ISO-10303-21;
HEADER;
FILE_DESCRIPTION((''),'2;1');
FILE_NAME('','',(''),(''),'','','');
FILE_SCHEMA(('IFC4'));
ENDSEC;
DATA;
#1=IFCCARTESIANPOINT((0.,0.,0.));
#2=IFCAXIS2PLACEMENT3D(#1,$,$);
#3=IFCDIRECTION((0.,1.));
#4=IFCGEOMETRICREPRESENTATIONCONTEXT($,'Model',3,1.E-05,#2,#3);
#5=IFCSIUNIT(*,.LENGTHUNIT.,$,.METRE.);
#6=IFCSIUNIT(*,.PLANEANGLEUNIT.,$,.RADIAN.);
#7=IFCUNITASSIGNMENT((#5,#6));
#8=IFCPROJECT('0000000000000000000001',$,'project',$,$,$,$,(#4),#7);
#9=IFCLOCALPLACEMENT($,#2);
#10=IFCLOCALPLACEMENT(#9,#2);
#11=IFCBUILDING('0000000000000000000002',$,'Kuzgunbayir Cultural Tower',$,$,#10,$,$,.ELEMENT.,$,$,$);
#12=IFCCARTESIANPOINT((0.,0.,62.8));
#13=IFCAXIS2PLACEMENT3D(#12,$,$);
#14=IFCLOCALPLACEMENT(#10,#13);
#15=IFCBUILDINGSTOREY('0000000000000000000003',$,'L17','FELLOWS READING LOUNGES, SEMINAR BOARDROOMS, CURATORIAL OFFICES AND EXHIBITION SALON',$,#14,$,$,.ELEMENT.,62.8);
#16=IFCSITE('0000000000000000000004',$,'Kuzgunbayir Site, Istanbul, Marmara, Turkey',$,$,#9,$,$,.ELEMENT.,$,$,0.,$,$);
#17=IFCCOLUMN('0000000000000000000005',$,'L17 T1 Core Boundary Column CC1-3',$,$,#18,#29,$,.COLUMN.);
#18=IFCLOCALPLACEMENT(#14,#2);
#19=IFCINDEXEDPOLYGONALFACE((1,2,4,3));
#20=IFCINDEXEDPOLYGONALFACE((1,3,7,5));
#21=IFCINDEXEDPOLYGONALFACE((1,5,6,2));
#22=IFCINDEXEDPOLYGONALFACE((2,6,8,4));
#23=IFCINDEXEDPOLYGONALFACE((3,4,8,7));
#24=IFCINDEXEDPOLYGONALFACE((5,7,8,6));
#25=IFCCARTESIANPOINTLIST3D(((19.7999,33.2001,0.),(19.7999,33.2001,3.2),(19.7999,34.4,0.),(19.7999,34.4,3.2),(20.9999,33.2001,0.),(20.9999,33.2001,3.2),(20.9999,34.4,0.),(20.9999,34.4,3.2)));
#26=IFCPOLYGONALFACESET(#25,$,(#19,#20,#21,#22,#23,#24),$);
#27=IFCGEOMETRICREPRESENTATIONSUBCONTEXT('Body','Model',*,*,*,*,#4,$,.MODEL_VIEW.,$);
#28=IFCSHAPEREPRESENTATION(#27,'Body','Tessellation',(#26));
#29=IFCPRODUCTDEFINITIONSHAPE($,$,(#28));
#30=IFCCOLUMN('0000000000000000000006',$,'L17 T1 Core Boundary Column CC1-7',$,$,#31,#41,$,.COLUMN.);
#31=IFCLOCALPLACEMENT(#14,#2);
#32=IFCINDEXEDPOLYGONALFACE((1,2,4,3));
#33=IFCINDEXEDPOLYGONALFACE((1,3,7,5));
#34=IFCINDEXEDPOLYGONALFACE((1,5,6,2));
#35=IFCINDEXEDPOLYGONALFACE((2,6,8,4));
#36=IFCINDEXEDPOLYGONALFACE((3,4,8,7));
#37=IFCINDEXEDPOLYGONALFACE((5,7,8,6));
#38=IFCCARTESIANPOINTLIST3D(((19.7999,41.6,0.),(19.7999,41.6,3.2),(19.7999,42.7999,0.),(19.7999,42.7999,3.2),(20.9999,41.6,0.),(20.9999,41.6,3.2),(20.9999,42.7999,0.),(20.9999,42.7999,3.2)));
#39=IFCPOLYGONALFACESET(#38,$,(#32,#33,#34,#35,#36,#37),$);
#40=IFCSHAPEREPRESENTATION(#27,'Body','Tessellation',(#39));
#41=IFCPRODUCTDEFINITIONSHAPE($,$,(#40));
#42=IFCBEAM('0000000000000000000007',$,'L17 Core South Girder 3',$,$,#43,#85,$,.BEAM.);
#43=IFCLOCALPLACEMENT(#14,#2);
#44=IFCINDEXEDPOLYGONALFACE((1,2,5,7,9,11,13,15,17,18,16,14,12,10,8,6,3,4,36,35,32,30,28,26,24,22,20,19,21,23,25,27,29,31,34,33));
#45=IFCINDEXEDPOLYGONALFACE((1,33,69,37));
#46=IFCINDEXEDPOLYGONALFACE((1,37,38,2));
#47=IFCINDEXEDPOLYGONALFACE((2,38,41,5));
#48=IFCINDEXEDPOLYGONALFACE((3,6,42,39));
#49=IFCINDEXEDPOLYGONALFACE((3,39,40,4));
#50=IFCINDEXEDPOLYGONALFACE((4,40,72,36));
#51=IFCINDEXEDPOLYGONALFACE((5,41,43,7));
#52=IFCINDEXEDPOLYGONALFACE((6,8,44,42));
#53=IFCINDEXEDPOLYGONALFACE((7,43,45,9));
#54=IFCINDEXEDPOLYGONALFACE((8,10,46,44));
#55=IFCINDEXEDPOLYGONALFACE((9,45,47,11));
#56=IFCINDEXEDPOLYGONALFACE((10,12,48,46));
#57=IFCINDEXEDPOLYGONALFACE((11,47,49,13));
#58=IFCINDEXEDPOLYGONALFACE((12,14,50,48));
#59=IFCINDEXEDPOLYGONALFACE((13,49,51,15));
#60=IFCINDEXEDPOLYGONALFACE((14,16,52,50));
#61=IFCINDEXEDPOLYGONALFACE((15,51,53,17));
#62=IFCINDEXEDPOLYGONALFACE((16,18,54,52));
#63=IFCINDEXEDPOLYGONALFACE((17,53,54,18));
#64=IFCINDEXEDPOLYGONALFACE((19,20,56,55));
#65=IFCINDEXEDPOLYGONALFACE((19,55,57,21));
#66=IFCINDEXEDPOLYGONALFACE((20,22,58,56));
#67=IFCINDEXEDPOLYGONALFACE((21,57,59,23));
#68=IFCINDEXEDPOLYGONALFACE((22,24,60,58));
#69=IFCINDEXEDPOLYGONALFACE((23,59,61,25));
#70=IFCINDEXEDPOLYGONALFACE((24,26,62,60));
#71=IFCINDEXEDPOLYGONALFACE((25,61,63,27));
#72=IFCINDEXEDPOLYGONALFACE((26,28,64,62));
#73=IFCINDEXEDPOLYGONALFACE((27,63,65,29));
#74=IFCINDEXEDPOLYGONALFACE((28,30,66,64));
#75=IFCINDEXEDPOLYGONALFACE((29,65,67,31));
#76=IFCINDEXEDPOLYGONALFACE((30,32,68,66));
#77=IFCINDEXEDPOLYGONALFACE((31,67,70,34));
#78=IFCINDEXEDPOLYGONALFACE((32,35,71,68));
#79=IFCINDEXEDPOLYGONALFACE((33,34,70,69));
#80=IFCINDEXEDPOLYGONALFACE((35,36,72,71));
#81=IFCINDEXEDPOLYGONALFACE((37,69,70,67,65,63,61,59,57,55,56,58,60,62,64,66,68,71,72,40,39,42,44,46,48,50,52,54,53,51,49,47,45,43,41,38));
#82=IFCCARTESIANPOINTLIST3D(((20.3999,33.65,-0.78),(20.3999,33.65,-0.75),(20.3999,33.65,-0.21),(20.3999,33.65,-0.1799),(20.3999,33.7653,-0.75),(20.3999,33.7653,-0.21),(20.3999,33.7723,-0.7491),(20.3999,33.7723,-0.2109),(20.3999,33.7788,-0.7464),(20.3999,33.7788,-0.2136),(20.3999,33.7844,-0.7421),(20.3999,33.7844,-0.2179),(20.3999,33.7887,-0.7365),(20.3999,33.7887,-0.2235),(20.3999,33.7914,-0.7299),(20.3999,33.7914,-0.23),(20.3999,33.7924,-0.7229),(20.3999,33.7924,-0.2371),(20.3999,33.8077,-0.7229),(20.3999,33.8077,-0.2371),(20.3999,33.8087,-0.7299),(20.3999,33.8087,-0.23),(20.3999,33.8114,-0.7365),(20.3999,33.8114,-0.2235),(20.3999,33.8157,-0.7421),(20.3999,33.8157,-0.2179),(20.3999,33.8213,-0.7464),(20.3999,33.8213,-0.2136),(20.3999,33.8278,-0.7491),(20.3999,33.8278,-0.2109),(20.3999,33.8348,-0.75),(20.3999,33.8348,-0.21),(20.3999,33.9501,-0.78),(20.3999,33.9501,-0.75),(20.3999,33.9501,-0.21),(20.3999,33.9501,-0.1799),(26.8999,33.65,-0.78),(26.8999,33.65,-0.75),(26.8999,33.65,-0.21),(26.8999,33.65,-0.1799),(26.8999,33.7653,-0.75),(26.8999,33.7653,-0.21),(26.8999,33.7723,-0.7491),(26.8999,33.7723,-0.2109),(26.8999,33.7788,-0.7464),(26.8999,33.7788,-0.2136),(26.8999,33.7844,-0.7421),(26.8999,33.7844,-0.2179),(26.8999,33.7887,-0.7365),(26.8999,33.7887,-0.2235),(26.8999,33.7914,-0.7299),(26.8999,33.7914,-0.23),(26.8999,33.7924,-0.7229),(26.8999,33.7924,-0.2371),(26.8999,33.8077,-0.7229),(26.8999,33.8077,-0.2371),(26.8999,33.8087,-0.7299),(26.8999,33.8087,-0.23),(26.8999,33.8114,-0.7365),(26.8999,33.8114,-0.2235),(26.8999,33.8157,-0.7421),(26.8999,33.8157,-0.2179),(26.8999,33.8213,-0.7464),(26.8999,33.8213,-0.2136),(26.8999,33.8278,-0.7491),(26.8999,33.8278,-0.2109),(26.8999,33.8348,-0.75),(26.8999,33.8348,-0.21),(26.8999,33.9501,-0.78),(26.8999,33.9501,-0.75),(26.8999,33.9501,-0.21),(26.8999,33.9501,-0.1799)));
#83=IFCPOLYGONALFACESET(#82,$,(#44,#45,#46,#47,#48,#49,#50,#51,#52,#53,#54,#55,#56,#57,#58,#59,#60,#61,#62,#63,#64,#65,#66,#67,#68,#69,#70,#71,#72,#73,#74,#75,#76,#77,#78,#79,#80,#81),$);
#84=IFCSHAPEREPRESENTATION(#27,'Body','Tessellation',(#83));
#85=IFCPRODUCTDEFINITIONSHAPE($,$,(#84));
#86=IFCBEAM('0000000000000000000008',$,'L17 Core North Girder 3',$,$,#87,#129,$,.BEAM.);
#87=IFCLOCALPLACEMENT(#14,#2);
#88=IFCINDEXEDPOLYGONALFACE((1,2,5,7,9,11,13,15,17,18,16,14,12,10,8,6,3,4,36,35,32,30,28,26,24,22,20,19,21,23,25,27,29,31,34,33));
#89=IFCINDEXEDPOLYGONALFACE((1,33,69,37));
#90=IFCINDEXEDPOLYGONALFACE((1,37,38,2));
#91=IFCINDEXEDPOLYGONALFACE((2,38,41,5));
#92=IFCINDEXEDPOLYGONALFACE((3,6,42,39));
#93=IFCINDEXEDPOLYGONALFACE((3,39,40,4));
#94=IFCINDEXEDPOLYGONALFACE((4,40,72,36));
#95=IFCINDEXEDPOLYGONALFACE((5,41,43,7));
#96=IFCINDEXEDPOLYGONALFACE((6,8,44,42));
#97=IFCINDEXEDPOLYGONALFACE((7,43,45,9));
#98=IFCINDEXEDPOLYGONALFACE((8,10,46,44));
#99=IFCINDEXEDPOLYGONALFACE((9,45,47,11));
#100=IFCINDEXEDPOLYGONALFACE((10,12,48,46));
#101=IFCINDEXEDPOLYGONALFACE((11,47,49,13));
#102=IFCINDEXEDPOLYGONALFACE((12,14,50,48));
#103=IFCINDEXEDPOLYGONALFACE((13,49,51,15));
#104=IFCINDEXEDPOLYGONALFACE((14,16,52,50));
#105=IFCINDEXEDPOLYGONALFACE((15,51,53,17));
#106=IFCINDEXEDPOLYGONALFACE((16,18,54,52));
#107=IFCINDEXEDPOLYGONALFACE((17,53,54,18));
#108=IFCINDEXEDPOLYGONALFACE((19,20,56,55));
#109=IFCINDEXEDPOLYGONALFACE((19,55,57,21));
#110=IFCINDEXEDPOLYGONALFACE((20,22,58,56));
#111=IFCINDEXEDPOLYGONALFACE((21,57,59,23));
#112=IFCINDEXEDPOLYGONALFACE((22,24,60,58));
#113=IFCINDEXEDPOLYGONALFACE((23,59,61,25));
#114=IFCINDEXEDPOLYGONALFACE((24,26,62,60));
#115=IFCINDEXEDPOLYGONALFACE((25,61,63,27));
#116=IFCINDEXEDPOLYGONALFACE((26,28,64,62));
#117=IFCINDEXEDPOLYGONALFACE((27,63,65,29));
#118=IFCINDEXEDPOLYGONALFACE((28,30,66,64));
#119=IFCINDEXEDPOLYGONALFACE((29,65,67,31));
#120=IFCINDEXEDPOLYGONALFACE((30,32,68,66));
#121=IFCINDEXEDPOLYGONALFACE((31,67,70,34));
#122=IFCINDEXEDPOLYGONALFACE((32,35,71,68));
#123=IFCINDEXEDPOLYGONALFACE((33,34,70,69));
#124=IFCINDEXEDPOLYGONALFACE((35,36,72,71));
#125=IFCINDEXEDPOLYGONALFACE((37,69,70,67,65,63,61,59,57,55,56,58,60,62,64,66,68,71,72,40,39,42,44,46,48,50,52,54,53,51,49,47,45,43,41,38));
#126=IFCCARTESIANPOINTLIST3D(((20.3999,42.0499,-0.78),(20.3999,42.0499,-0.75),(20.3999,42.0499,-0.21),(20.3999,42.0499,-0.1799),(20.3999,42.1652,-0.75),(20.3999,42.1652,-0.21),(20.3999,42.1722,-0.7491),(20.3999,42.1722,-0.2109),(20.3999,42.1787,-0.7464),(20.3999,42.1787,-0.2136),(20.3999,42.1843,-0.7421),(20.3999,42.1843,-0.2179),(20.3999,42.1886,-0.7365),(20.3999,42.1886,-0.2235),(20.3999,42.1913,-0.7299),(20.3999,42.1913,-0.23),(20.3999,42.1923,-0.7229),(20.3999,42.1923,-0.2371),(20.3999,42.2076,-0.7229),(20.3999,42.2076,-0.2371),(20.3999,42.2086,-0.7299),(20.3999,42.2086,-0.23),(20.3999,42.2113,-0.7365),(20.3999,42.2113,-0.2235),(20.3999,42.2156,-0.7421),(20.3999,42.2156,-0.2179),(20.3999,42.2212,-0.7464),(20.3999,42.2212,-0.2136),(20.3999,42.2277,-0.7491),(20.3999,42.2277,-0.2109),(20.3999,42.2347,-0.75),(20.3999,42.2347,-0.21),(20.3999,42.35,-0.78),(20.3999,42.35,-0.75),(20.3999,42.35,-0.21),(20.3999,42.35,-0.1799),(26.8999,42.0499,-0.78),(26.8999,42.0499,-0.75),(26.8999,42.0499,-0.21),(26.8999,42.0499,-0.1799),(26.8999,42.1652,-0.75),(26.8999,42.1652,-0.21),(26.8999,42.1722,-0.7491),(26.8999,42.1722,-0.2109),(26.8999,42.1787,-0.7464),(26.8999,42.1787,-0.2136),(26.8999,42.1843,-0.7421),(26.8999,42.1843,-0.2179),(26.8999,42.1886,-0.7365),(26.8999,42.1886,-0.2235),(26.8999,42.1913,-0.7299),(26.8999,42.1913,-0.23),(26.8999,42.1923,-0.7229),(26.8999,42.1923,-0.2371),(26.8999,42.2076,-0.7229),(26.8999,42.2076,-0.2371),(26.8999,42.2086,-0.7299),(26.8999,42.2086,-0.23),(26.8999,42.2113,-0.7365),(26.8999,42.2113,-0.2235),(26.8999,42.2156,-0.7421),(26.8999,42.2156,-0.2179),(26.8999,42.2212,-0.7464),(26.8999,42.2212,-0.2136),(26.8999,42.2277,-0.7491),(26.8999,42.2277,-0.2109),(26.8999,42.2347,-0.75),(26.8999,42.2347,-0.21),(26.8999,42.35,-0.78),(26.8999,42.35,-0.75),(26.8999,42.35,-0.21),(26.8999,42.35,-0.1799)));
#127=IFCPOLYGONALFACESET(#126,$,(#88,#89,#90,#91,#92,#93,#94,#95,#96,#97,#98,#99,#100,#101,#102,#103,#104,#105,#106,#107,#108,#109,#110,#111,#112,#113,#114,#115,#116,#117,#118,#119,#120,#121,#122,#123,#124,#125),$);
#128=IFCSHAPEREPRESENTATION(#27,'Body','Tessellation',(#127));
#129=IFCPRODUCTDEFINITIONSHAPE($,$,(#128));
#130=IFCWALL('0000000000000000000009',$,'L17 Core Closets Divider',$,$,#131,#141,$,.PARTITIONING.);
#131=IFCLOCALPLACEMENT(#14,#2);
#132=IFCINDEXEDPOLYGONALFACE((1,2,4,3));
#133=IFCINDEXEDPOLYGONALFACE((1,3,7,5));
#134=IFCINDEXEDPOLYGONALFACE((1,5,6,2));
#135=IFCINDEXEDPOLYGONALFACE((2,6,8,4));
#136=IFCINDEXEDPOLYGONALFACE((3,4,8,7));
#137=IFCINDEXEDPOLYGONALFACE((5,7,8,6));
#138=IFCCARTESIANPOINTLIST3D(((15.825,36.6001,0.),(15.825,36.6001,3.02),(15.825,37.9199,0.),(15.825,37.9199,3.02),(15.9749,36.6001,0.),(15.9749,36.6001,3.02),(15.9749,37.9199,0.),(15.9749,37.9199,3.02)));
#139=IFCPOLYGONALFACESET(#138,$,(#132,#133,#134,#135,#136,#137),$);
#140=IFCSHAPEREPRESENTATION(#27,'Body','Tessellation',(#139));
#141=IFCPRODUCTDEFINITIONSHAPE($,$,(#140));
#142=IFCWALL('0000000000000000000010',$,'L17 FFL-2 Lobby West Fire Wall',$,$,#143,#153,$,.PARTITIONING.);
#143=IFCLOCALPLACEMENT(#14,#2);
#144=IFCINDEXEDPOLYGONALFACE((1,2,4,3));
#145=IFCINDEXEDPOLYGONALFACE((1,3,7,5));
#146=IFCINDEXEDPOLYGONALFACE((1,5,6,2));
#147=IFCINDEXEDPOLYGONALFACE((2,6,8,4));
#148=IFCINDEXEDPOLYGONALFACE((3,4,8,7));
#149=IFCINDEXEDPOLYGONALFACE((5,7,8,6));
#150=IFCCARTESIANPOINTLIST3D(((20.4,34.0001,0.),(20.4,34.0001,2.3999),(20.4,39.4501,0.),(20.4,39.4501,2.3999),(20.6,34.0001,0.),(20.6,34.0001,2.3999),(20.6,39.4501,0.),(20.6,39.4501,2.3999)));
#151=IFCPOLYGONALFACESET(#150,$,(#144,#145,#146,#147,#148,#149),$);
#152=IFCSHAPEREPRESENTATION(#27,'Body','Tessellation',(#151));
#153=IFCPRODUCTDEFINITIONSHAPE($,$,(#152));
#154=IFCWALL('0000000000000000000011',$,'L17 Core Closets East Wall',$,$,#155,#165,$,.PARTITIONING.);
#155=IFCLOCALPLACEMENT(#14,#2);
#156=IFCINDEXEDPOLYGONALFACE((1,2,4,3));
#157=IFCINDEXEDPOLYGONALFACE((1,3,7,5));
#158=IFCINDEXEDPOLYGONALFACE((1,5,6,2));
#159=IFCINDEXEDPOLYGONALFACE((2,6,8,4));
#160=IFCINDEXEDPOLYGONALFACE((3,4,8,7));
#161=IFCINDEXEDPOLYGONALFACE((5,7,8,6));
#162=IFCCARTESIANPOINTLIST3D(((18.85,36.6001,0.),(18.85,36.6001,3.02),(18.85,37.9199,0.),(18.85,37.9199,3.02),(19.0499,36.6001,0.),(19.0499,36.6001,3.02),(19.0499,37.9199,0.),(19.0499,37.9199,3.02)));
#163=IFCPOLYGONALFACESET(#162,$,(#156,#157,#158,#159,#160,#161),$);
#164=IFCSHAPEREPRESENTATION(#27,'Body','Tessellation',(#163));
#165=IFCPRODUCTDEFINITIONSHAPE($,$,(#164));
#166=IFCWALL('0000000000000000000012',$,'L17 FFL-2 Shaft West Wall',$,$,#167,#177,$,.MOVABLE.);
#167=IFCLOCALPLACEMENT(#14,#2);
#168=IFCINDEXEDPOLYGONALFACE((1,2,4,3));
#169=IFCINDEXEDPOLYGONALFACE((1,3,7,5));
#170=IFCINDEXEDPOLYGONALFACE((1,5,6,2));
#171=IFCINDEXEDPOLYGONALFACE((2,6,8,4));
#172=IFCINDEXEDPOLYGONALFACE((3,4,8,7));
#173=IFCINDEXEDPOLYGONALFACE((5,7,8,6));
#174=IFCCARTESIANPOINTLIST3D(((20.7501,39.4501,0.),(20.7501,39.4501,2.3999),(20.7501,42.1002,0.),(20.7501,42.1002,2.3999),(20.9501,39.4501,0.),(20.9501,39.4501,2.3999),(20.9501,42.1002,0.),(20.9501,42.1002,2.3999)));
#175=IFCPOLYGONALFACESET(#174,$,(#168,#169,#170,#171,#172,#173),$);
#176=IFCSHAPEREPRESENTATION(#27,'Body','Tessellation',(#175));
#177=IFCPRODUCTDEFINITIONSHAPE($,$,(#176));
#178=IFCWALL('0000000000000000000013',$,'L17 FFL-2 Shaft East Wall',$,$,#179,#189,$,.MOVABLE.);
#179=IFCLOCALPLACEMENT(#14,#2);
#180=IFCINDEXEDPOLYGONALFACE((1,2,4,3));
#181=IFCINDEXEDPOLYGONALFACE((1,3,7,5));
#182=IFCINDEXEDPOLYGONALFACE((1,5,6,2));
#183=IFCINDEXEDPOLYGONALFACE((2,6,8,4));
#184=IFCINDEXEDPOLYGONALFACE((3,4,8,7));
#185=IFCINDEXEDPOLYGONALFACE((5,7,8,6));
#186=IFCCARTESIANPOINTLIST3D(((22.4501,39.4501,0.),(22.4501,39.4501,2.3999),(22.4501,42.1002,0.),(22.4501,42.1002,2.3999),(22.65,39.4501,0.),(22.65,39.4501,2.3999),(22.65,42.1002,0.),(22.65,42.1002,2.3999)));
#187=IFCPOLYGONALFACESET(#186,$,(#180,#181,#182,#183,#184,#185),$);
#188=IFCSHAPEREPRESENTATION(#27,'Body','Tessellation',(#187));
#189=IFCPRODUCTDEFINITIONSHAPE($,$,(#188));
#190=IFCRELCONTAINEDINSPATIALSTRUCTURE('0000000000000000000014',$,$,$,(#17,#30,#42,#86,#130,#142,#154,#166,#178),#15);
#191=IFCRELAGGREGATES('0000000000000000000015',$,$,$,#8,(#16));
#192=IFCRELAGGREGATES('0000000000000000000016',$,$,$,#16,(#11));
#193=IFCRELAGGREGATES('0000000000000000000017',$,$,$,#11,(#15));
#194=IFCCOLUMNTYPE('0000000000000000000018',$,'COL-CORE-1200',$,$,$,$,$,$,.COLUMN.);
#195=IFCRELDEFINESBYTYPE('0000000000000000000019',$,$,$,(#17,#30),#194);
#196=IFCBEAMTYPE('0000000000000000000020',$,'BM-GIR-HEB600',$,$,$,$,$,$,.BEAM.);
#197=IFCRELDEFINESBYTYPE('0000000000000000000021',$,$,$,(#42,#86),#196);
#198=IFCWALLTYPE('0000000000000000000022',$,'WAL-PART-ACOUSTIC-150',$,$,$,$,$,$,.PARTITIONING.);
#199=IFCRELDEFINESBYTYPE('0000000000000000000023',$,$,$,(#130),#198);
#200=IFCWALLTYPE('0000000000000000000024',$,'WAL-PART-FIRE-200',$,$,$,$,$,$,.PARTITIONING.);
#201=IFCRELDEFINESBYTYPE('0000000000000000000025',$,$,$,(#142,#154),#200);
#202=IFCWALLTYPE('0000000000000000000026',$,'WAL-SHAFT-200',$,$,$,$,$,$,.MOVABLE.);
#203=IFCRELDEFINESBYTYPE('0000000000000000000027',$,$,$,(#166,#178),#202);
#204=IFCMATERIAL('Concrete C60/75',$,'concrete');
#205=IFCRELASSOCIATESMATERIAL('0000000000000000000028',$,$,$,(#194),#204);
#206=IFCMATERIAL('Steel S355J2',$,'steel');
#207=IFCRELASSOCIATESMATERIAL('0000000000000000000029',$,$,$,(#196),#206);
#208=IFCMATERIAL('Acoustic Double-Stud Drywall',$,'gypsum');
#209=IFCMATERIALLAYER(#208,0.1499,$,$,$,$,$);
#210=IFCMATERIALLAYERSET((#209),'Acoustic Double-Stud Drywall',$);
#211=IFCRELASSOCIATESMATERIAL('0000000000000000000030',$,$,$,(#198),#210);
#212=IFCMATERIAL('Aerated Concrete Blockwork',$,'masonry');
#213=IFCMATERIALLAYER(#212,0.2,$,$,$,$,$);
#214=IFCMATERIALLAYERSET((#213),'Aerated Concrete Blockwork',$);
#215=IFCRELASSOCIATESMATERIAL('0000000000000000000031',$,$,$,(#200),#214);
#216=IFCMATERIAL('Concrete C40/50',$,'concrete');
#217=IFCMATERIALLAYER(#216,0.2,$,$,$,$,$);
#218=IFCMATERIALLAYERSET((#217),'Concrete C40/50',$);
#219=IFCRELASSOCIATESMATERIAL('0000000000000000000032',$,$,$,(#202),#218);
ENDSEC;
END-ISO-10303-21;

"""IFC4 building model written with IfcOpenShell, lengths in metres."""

from ifc_helpers import new_model, si_unit, direction, frame, frame_2d, origin, origin_2d, place, context, subcontext, project, spatial, rectangle, i_section, extrude, material, layer, layer_set, material_profile, profile_set, type_object, element, save


model = new_model("IFC4")

# Units and contexts
model_context = context("Model", 3, precision=1e-05, world=origin(), true_north=direction((0.0, 1.0)))
body_context = subcontext(model_context, "Body", "Model", "MODEL_VIEW")
ifc_project = project(units=[si_unit("LENGTHUNIT", "METRE"), si_unit("PLANEANGLEUNIT", "RADIAN")], contexts=[model_context])

# Site, building, storey
site_placement = place(None, origin())
site = spatial("IfcSite", under=ifc_project, at=site_placement, Name="Kuzgunbayir Site, Istanbul, Marmara, Turkey", CompositionType="ELEMENT", RefElevation=0.0)
building_placement = place(site_placement, origin())
building = spatial("IfcBuilding", under=site, at=building_placement, Name="Kuzgunbayir Cultural Tower", CompositionType="ELEMENT")
storey_placement = place(building_placement, frame((0.0, 0.0, 62.8)))
storey = spatial("IfcBuildingStorey", under=building, at=storey_placement, Name="L17", Description="FELLOWS READING LOUNGES, SEMINAR BOARDROOMS, CURATORIAL OFFICES AND EXHIBITION SALON", CompositionType="ELEMENT", Elevation=62.8)

# Columns
ifc_material_1 = material(Name="Concrete C60/75", Category="concrete")
ifc_material_profile_1 = material_profile(ifc_material_1, rectangle(XDim=1.2, YDim=1.2, at=origin_2d()), Name="RC 1200x1200")
ifc_profile_set_1 = profile_set([ifc_material_profile_1], Name="Concrete C60/75")
column_type = type_object("IfcColumnType", Name="COL-CORE-1200", PredefinedType="COLUMN", material=ifc_profile_set_1)
for number, where, z_axis, x_axis, name in (
    (1, (20.3999, 33.8, 0.0), (0.0, 0.0, 1.0), (1.0, 0.0, 0.0), "L17 T1 Core Boundary Column CC1-3"),
    (2, (20.3999, 42.2, 0.0), (0.0, 0.0, 1.0), (1.0, 0.0, 0.0), "L17 T1 Core Boundary Column CC1-7"),
):
    element("IfcColumn", number, at=place(storey_placement, frame(where, z_axis=z_axis, x_axis=x_axis)), inside=storey, type_object=column_type, Name=name, PredefinedType="COLUMN", context=body_context, shape_type="SweptSolid", body=[
        extrude(rectangle(XDim=1.2, YDim=1.2, at=origin_2d()), origin(), (0.0, 0.0, 1.0), 3.2),
    ])

# Beams
ifc_material_2 = material(Name="Steel S355J2", Category="steel")
ifc_material_profile_2 = material_profile(ifc_material_2, i_section(OverallWidth=0.3, OverallDepth=0.6001, WebThickness=0.0154, FlangeThickness=0.03, FilletRadius=0.0271, at=origin_2d()), Name="HEB 600")
ifc_profile_set_2 = profile_set([ifc_material_profile_2], Name="Steel S355J2")
beam_type = type_object("IfcBeamType", Name="BM-GIR-HEB600", PredefinedType="BEAM", material=ifc_profile_set_2)
for number, where, z_axis, x_axis, name in (
    (3, (20.3999, 33.8, -0.48), (1.0, 0.0, 0.0), (0.0, 1.0, 0.0), "L17 Core South Girder 3"),
    (4, (20.3999, 42.2, -0.48), (1.0, 0.0, 0.0), (0.0, 1.0, 0.0), "L17 Core North Girder 3"),
):
    element("IfcBeam", number, at=place(storey_placement, frame(where, z_axis=z_axis, x_axis=x_axis)), inside=storey, type_object=beam_type, Name=name, PredefinedType="BEAM", context=body_context, shape_type="SweptSolid", body=[
        extrude(i_section(OverallWidth=0.3, OverallDepth=0.6001, WebThickness=0.0154, FlangeThickness=0.03, FilletRadius=0.0271, at=origin_2d()), origin(), (0.0, 0.0, 1.0), 6.5),
    ])

# Walls
ifc_material_3 = material(Name="Acoustic Double-Stud Drywall", Category="gypsum")
ifc_layer_1 = layer(ifc_material_3, 0.1499)
ifc_layer_set_1 = layer_set([ifc_layer_1], Name="Acoustic Double-Stud Drywall")
wall_type_1 = type_object("IfcWallType", Name="WAL-PART-ACOUSTIC-150", PredefinedType="PARTITIONING", material=ifc_layer_set_1)
wall_1_placement = place(storey_placement, frame((15.8999, 36.6001, 0.0), z_axis=(0.0, 0.0, 1.0), x_axis=(0.0, 1.0, 0.0)))
element("IfcWall", 5, at=wall_1_placement, inside=storey, type_object=wall_type_1, Name="L17 Core Closets Divider", PredefinedType="PARTITIONING", context=body_context, shape_type="SweptSolid", body=[
    extrude(rectangle(XDim=1.3198, YDim=0.1499, at=frame_2d((0.6599, 0.0))), origin(), (0.0, 0.0, 1.0), 3.02),
])
ifc_material_4 = material(Name="Aerated Concrete Blockwork", Category="masonry")
ifc_layer_2 = layer(ifc_material_4, 0.2)
ifc_layer_set_2 = layer_set([ifc_layer_2], Name="Aerated Concrete Blockwork")
wall_type_2 = type_object("IfcWallType", Name="WAL-PART-FIRE-200", PredefinedType="PARTITIONING", material=ifc_layer_set_2)
wall_2_placement = place(storey_placement, frame((20.5, 34.0, 0.0), z_axis=(0.0, 0.0, 1.0), x_axis=(0.0, 1.0, 0.0)))
element("IfcWall", 6, at=wall_2_placement, inside=storey, type_object=wall_type_2, Name="L17 FFL-2 Lobby West Fire Wall", PredefinedType="PARTITIONING", context=body_context, shape_type="SweptSolid", body=[
    extrude(rectangle(XDim=5.45, YDim=0.2, at=frame_2d((2.7251, 0.0))), origin(), (0.0, 0.0, 1.0), 2.3999),
])

# Wall
wall_3_placement = place(storey_placement, frame((18.95, 36.6001, 0.0), z_axis=(0.0, 0.0, 1.0), x_axis=(0.0, 1.0, 0.0)))
element("IfcWall", 7, at=wall_3_placement, inside=storey, type_object=wall_type_2, Name="L17 Core Closets East Wall", PredefinedType="PARTITIONING", context=body_context, shape_type="SweptSolid", body=[
    extrude(rectangle(XDim=1.3198, YDim=0.2, at=frame_2d((0.6599, 0.0))), origin(), (0.0, 0.0, 1.0), 3.02),
])

# Shared definitions
ifc_material_5 = material(Name="Concrete C40/50", Category="concrete")
ifc_layer_3 = layer(ifc_material_5, 0.2)
ifc_layer_set_3 = layer_set([ifc_layer_3], Name="Concrete C40/50")
wall_type_3 = type_object("IfcWallType", Name="WAL-SHAFT-200", PredefinedType="MOVABLE", material=ifc_layer_set_3)

# Walls
for number, where, z_axis, x_axis, name in (
    (8, (20.8501, 39.45, 0.0), (0.0, 0.0, 1.0), (0.0, 1.0, 0.0), "L17 FFL-2 Shaft West Wall"),
    (9, (22.55, 39.45, 0.0), (0.0, 0.0, 1.0), (0.0, 1.0, 0.0), "L17 FFL-2 Shaft East Wall"),
):
    element("IfcWall", number, at=place(storey_placement, frame(where, z_axis=z_axis, x_axis=x_axis)), inside=storey, type_object=wall_type_3, Name=name, PredefinedType="MOVABLE", context=body_context, shape_type="SweptSolid", body=[
        extrude(rectangle(XDim=2.6501, YDim=0.2, at=frame_2d((1.3252, 0.0))), origin(), (0.0, 0.0, 1.0), 2.3999),
    ])

save(model, "model.ifc")
